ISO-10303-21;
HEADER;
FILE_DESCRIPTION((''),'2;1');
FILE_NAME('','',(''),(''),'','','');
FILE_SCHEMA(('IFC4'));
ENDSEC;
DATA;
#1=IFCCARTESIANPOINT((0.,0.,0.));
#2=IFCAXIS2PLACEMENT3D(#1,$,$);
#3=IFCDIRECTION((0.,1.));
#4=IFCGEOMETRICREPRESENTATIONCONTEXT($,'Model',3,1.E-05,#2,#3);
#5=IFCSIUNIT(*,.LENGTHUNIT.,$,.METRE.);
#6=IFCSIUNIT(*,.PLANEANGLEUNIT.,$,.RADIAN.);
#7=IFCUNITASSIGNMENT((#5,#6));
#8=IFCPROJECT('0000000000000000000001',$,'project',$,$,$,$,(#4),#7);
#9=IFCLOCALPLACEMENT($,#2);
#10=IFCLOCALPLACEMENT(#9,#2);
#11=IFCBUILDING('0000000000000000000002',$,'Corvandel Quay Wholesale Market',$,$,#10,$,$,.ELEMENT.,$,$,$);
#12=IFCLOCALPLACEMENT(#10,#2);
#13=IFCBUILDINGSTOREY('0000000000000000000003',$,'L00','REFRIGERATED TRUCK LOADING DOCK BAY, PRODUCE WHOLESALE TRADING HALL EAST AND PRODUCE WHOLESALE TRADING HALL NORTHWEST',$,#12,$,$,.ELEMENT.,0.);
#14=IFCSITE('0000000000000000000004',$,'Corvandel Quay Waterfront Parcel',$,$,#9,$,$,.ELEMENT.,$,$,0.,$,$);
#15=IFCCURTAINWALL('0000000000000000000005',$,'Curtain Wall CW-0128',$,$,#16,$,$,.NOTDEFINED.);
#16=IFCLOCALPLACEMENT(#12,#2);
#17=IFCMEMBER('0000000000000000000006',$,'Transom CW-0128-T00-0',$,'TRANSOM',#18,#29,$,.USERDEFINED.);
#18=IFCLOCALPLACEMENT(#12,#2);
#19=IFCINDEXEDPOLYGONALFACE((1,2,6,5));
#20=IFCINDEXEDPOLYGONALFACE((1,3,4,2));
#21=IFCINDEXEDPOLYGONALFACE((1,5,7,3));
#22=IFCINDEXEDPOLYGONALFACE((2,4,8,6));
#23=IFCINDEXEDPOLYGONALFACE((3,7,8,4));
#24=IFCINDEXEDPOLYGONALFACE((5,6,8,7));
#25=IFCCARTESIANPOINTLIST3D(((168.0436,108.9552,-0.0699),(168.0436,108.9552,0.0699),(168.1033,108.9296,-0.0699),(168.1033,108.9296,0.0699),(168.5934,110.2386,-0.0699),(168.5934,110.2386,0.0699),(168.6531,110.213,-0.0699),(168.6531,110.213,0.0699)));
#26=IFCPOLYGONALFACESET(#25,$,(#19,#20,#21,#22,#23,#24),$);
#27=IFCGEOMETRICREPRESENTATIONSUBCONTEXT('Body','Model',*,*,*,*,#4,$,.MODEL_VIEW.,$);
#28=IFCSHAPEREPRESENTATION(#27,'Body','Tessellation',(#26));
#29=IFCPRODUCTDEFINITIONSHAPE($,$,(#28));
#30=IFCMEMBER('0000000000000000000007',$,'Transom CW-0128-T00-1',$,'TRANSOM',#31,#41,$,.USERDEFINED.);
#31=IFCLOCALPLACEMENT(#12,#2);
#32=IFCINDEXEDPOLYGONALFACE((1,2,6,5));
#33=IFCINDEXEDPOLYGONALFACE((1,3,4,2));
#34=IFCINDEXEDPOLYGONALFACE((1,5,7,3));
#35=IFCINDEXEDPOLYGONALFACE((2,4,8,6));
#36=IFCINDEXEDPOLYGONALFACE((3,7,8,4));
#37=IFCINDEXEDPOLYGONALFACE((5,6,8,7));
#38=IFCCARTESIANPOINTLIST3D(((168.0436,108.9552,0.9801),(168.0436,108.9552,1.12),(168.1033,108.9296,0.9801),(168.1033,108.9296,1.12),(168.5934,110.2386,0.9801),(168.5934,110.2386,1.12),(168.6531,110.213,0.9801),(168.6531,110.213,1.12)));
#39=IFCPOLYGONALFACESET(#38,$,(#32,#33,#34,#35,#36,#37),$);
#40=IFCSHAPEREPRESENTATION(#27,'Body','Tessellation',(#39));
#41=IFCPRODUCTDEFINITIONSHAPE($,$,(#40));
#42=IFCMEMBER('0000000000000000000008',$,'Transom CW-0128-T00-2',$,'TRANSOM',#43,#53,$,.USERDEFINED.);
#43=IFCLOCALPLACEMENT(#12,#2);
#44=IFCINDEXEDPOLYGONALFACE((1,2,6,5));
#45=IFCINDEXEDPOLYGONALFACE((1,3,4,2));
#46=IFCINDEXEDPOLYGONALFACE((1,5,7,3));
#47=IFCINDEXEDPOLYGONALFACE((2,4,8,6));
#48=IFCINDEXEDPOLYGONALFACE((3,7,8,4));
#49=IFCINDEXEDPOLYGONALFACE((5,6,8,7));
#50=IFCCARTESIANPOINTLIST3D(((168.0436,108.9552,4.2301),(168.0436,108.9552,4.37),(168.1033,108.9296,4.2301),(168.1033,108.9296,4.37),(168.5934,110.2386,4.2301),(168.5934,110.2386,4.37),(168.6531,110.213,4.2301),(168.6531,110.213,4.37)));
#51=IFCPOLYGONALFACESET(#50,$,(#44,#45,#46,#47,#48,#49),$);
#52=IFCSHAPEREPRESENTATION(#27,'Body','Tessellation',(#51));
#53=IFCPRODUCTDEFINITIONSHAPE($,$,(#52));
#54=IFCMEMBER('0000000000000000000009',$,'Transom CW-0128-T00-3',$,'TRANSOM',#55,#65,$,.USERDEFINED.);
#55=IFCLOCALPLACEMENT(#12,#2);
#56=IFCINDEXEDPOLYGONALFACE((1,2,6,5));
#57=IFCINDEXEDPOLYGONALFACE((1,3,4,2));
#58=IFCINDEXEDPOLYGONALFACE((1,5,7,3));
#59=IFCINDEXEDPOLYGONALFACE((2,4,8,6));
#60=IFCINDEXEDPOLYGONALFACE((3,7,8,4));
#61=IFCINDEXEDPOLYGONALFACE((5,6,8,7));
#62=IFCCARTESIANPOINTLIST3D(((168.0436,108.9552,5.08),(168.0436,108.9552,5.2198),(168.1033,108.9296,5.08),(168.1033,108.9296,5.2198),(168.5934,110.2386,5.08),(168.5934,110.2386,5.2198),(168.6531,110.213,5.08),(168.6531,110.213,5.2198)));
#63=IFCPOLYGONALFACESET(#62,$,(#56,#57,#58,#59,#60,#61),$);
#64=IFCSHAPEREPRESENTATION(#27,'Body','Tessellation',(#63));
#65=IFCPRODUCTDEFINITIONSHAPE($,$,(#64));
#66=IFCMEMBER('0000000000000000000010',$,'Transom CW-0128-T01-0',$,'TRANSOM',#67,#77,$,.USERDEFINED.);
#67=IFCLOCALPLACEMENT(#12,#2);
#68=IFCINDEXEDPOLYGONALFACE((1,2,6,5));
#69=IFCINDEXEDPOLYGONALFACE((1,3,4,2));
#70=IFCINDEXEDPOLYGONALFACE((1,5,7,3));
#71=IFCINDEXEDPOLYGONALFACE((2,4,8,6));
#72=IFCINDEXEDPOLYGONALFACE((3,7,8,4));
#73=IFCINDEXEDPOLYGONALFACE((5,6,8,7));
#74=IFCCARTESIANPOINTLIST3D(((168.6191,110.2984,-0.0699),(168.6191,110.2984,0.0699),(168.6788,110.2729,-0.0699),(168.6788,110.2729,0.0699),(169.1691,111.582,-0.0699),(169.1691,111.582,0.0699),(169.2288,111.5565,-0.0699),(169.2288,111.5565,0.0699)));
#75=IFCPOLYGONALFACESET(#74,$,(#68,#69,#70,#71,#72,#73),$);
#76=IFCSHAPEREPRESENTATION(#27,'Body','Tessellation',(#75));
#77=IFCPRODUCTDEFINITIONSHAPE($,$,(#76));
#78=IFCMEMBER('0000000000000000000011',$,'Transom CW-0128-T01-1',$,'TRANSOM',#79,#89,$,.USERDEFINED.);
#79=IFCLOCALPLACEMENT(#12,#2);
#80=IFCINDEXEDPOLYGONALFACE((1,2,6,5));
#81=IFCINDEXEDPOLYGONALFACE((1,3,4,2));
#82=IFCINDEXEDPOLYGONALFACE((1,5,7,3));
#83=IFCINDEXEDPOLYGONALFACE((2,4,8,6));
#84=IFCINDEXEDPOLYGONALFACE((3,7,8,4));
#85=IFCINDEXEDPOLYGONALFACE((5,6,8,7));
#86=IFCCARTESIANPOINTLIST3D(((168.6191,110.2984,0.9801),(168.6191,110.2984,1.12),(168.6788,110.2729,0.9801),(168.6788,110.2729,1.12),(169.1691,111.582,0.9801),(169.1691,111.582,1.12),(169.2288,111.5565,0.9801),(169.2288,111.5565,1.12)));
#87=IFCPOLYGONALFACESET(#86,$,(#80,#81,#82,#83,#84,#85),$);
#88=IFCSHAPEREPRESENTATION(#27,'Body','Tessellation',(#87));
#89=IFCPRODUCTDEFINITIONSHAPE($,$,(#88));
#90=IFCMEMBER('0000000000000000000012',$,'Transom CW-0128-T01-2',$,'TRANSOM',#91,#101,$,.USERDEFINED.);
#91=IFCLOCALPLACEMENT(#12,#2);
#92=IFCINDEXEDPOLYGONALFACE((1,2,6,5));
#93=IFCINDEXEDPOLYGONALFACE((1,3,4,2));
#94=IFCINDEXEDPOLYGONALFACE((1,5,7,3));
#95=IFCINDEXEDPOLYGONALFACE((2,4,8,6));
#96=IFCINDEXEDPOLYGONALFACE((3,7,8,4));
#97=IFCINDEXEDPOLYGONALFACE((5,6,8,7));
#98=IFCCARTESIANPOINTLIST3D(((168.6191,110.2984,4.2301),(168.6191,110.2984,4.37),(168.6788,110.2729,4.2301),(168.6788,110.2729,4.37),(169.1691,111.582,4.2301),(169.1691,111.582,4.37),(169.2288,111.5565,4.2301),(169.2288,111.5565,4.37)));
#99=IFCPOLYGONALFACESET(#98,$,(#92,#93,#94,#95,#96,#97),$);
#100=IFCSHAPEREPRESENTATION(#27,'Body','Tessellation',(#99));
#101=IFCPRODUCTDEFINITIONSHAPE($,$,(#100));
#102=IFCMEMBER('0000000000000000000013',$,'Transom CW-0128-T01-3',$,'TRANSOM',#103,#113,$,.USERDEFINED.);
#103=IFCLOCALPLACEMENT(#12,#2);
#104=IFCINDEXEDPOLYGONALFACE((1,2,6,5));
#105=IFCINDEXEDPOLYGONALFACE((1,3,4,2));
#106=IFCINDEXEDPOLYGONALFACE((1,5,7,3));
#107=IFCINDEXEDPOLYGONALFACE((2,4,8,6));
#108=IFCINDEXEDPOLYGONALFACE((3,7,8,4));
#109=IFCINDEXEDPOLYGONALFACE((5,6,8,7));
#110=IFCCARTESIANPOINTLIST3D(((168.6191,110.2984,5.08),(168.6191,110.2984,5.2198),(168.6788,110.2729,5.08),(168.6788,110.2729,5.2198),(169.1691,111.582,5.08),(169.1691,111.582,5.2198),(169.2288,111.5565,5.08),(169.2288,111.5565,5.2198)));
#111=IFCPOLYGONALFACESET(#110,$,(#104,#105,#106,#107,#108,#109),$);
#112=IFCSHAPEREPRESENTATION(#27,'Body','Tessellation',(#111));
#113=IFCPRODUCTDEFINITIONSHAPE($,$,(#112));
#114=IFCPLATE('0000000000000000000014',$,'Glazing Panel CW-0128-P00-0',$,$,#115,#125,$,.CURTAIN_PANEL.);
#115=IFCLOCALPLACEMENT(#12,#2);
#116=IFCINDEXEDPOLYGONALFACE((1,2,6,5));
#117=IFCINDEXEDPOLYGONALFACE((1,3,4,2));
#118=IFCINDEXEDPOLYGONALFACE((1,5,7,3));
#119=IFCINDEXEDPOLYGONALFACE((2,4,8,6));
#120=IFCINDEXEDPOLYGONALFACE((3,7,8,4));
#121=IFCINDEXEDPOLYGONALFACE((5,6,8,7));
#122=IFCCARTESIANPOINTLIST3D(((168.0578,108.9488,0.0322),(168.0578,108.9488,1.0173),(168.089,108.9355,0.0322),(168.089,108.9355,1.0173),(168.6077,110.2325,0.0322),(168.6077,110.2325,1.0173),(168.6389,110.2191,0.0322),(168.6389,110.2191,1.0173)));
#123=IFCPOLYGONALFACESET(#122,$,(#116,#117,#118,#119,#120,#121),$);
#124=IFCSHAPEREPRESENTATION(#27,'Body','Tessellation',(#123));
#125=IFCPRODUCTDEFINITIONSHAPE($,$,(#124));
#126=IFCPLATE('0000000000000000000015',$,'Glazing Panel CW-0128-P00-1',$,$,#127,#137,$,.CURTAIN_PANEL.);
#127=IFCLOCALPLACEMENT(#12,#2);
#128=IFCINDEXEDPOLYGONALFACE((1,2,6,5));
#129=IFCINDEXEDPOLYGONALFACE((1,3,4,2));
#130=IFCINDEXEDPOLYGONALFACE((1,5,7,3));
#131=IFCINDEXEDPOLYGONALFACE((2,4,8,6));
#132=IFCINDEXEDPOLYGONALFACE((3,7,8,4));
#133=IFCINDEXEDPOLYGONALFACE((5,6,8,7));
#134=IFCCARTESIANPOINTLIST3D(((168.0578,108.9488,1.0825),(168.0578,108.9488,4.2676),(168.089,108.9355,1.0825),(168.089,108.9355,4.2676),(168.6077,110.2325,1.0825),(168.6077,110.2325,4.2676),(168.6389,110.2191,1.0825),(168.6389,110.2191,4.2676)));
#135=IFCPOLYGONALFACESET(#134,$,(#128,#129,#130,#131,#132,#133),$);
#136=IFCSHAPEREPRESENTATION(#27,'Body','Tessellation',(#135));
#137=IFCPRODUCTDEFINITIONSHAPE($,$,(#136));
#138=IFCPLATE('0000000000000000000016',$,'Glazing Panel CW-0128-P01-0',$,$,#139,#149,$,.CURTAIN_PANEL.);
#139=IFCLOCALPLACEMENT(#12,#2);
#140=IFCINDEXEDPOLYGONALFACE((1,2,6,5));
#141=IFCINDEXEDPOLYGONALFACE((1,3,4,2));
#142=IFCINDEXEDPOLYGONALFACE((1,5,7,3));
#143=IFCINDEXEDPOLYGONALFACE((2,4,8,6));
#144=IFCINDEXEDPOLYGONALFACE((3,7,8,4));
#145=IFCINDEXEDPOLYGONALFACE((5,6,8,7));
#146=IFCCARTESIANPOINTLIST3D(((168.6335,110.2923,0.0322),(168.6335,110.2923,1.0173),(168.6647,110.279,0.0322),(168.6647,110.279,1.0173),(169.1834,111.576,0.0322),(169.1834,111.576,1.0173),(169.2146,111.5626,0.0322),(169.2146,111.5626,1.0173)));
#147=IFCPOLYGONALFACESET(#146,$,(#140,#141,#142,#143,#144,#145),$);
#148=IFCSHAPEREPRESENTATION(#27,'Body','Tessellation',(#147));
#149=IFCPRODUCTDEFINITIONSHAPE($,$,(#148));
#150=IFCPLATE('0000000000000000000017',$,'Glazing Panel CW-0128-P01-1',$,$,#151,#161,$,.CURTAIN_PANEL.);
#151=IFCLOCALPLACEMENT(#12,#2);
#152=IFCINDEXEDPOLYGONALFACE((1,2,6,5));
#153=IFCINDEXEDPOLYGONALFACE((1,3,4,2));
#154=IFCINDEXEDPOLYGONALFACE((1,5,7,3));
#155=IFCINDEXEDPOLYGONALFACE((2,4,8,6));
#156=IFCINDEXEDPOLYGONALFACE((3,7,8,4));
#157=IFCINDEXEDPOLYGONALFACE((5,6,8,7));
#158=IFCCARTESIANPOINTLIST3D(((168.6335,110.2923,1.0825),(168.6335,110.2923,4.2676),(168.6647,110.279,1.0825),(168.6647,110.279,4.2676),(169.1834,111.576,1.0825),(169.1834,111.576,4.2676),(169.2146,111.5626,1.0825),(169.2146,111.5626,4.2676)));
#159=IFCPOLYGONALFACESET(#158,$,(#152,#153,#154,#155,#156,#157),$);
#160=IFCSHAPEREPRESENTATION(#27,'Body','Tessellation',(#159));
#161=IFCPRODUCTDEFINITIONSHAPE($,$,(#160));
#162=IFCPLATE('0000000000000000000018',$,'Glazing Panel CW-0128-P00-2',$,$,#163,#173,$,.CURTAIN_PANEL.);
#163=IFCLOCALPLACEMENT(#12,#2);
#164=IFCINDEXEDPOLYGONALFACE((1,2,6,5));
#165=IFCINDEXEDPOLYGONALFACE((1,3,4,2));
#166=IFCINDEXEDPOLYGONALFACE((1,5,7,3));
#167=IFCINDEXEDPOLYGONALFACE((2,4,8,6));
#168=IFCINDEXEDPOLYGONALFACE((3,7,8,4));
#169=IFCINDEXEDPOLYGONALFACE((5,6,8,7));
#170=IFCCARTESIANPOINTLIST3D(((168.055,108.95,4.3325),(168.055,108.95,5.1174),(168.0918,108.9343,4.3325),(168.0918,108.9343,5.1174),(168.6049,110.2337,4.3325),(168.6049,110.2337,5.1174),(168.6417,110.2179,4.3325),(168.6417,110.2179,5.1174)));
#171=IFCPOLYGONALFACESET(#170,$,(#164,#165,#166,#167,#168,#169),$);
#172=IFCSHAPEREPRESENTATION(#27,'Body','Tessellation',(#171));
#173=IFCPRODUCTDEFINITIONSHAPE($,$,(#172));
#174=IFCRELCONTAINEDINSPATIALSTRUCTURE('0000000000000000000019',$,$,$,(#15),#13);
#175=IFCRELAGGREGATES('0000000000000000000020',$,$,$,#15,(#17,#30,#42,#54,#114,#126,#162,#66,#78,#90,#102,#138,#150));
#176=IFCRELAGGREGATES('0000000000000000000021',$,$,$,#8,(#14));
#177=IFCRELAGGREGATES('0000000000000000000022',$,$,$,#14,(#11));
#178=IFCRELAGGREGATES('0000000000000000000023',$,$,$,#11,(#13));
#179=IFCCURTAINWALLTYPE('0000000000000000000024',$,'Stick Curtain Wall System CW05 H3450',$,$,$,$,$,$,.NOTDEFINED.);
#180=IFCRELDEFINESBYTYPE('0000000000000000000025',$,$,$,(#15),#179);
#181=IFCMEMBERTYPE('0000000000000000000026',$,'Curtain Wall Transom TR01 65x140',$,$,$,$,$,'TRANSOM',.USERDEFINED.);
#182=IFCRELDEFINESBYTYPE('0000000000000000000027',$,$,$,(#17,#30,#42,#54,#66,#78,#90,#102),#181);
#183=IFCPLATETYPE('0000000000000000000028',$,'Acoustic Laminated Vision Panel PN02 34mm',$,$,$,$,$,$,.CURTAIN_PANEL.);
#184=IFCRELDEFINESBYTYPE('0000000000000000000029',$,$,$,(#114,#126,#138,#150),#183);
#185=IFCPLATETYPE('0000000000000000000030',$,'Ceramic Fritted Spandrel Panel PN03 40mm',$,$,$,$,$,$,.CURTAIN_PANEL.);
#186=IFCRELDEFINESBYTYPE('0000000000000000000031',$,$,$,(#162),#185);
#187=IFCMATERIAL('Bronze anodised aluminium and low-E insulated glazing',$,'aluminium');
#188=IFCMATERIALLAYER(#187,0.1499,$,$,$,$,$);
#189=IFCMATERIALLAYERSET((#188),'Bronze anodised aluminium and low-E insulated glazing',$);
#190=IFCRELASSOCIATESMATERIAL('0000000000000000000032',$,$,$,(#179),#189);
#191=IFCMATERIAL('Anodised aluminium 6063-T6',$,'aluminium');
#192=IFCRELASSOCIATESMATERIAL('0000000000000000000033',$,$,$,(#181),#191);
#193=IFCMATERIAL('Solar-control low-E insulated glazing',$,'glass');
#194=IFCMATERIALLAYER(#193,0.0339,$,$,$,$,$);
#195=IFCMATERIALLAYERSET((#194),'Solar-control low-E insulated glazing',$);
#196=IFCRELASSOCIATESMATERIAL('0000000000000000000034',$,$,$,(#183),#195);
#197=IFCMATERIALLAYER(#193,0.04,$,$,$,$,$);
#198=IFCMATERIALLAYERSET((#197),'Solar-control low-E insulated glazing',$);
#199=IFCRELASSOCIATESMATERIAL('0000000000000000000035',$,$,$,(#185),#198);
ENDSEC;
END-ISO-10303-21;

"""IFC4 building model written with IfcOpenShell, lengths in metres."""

from ifc_helpers import new_model, si_unit, direction, frame, origin, origin_2d, place, context, subcontext, project, spatial, rectangle, extrude, material, layer, layer_set, material_profile, profile_set, type_object, element, aggregate, save


model = new_model("IFC4")

# Units and contexts
model_context = context("Model", 3, precision=1e-05, world=origin(), true_north=direction((0.0, 1.0)))
body_context = subcontext(model_context, "Body", "Model", "MODEL_VIEW")
ifc_project = project(units=[si_unit("LENGTHUNIT", "METRE"), si_unit("PLANEANGLEUNIT", "RADIAN")], contexts=[model_context])

# Site, building, storey
site_placement = place(None, origin())
site = spatial("IfcSite", under=ifc_project, at=site_placement, Name="Corvandel Quay Waterfront Parcel", CompositionType="ELEMENT", RefElevation=0.0)
building_placement = place(site_placement, origin())
building = spatial("IfcBuilding", under=site, at=building_placement, Name="Corvandel Quay Wholesale Market", CompositionType="ELEMENT")
storey_placement = place(building_placement, origin())
storey = spatial("IfcBuildingStorey", under=building, at=storey_placement, Name="L00", Description="REFRIGERATED TRUCK LOADING DOCK BAY, PRODUCE WHOLESALE TRADING HALL EAST AND PRODUCE WHOLESALE TRADING HALL NORTHWEST", CompositionType="ELEMENT", Elevation=0.0)

# Curtain wall, members, plates
ifc_material_1 = material(Name="Bronze anodised aluminium and low-E insulated glazing", Category="aluminium")
ifc_layer_1 = layer(ifc_material_1, 0.1499)
ifc_layer_set_1 = layer_set([ifc_layer_1], Name="Bronze anodised aluminium and low-E insulated glazing")
curtain_wall_type = type_object("IfcCurtainWallType", Name="Stick Curtain Wall System CW05 H3450", PredefinedType="NOTDEFINED", material=ifc_layer_set_1)
curtain_wall_placement = place(storey_placement, origin())
curtain_wall = element("IfcCurtainWall", 1, at=curtain_wall_placement, inside=storey, type_object=curtain_wall_type, Name="Curtain Wall CW-0128", PredefinedType="NOTDEFINED")
ifc_material_2 = material(Name="Anodised aluminium 6063-T6", Category="aluminium")
ifc_material_profile_1 = material_profile(ifc_material_2, rectangle(XDim=0.0649, YDim=0.1399, at=origin_2d()), Name="ALU-TRN-65x140")
ifc_profile_set_1 = profile_set([ifc_material_profile_1], Name="Anodised aluminium 6063-T6")
member_type_1 = type_object("IfcMemberType", Name="Curtain Wall Transom TR01 65x140", ElementType="TRANSOM", PredefinedType="USERDEFINED", material=ifc_profile_set_1)
member_1_placement = place(storey_placement, frame((168.0735, 108.9424, 0.0), z_axis=(0.393772, 0.919208, 0.0), x_axis=(-0.919208, 0.393772, 0.0)))
member_1 = element("IfcMember", 2, at=member_1_placement, type_object=member_type_1, Name="Transom CW-0128-T00-0", ObjectType="TRANSOM", PredefinedType="USERDEFINED", context=body_context, shape_type="SweptSolid", body=[
    extrude(rectangle(XDim=0.0649, YDim=0.1399, at=origin_2d()), origin(), (0.0, 0.0, 1.0), 1.3962),
])
member_2_placement = place(storey_placement, frame((168.0735, 108.9424, 1.05), z_axis=(0.393772, 0.919208, 0.0), x_axis=(-0.919208, 0.393772, 0.0)))
member_2 = element("IfcMember", 3, at=member_2_placement, type_object=member_type_1, Name="Transom CW-0128-T00-1", ObjectType="TRANSOM", PredefinedType="USERDEFINED", context=body_context, shape_type="SweptSolid", body=[
    extrude(rectangle(XDim=0.0649, YDim=0.1399, at=origin_2d()), origin(), (0.0, 0.0, 1.0), 1.3962),
])
member_3_placement = place(storey_placement, frame((168.0735, 108.9424, 4.3), z_axis=(0.393772, 0.919208, 0.0), x_axis=(-0.919208, 0.393772, 0.0)))
member_3 = element("IfcMember", 4, at=member_3_placement, type_object=member_type_1, Name="Transom CW-0128-T00-2", ObjectType="TRANSOM", PredefinedType="USERDEFINED", context=body_context, shape_type="SweptSolid", body=[
    extrude(rectangle(XDim=0.0649, YDim=0.1399, at=origin_2d()), origin(), (0.0, 0.0, 1.0), 1.3962),
])
member_4_placement = place(storey_placement, frame((168.0735, 108.9424, 5.1499), z_axis=(0.393772, 0.919208, 0.0), x_axis=(-0.919208, 0.393772, 0.0)))
member_4 = element("IfcMember", 5, at=member_4_placement, type_object=member_type_1, Name="Transom CW-0128-T00-3", ObjectType="TRANSOM", PredefinedType="USERDEFINED", context=body_context, shape_type="SweptSolid", body=[
    extrude(rectangle(XDim=0.0649, YDim=0.1399, at=origin_2d()), origin(), (0.0, 0.0, 1.0), 1.3962),
])
member_5_placement = place(storey_placement, frame((168.6489, 110.2856, 0.0), z_axis=(0.393856, 0.919172, 0.0), x_axis=(-0.919172, 0.393856, 0.0)))
member_5 = element("IfcMember", 6, at=member_5_placement, type_object=member_type_1, Name="Transom CW-0128-T01-0", ObjectType="TRANSOM", PredefinedType="USERDEFINED", context=body_context, shape_type="SweptSolid", body=[
    extrude(rectangle(XDim=0.0649, YDim=0.1399, at=origin_2d()), origin(), (0.0, 0.0, 1.0), 1.3965),
])
member_6_placement = place(storey_placement, frame((168.6489, 110.2856, 1.05), z_axis=(0.393856, 0.919172, 0.0), x_axis=(-0.919172, 0.393856, 0.0)))
member_6 = element("IfcMember", 7, at=member_6_placement, type_object=member_type_1, Name="Transom CW-0128-T01-1", ObjectType="TRANSOM", PredefinedType="USERDEFINED", context=body_context, shape_type="SweptSolid", body=[
    extrude(rectangle(XDim=0.0649, YDim=0.1399, at=origin_2d()), origin(), (0.0, 0.0, 1.0), 1.3965),
])
member_7_placement = place(storey_placement, frame((168.6489, 110.2856, 4.3), z_axis=(0.393856, 0.919172, 0.0), x_axis=(-0.919172, 0.393856, 0.0)))
member_7 = element("IfcMember", 8, at=member_7_placement, type_object=member_type_1, Name="Transom CW-0128-T01-2", ObjectType="TRANSOM", PredefinedType="USERDEFINED", context=body_context, shape_type="SweptSolid", body=[
    extrude(rectangle(XDim=0.0649, YDim=0.1399, at=origin_2d()), origin(), (0.0, 0.0, 1.0), 1.3965),
])
member_8_placement = place(storey_placement, frame((168.6489, 110.2856, 5.1499), z_axis=(0.393856, 0.919172, 0.0), x_axis=(-0.919172, 0.393856, 0.0)))
member_8 = element("IfcMember", 9, at=member_8_placement, type_object=member_type_1, Name="Transom CW-0128-T01-3", ObjectType="TRANSOM", PredefinedType="USERDEFINED", context=body_context, shape_type="SweptSolid", body=[
    extrude(rectangle(XDim=0.0649, YDim=0.1399, at=origin_2d()), origin(), (0.0, 0.0, 1.0), 1.3965),
])
ifc_material_3 = material(Name="Solar-control low-E insulated glazing", Category="glass")
ifc_layer_2 = layer(ifc_material_3, 0.0339)
ifc_layer_set_2 = layer_set([ifc_layer_2], Name="Solar-control low-E insulated glazing")
plate_type_1 = type_object("IfcPlateType", Name="Acoustic Laminated Vision Panel PN02 34mm", PredefinedType="CURTAIN_PANEL", material=ifc_layer_set_2)
plate_1_placement = place(storey_placement, frame((168.3484, 109.584, 0.0322), z_axis=(0.0, 0.0, 1.0), x_axis=(0.393781, 0.919204, 0.0)))
plate_1 = element("IfcPlate", 10, at=plate_1_placement, type_object=plate_type_1, Name="Glazing Panel CW-0128-P00-0", PredefinedType="CURTAIN_PANEL", context=body_context, shape_type="SweptSolid", body=[
    extrude(rectangle(XDim=1.3965, YDim=0.0339, at=origin_2d()), origin(), (0.0, 0.0, 1.0), 0.9851),
])
plate_2_placement = place(storey_placement, frame((168.3484, 109.584, 1.0825), z_axis=(0.0, 0.0, 1.0), x_axis=(0.393781, 0.919204, 0.0)))
plate_2 = element("IfcPlate", 11, at=plate_2_placement, type_object=plate_type_1, Name="Glazing Panel CW-0128-P00-1", PredefinedType="CURTAIN_PANEL", context=body_context, shape_type="SweptSolid", body=[
    extrude(rectangle(XDim=1.3965, YDim=0.0339, at=origin_2d()), origin(), (0.0, 0.0, 1.0), 3.1851),
])
plate_3_placement = place(storey_placement, frame((168.9241, 110.9275, 0.0322), z_axis=(0.0, 0.0, 1.0), x_axis=(0.393781, 0.919204, 0.0)))
plate_3 = element("IfcPlate", 12, at=plate_3_placement, type_object=plate_type_1, Name="Glazing Panel CW-0128-P01-0", PredefinedType="CURTAIN_PANEL", context=body_context, shape_type="SweptSolid", body=[
    extrude(rectangle(XDim=1.3965, YDim=0.0339, at=origin_2d()), origin(), (0.0, 0.0, 1.0), 0.9851),
])
plate_4_placement = place(storey_placement, frame((168.9241, 110.9275, 1.0825), z_axis=(0.0, 0.0, 1.0), x_axis=(0.393781, 0.919204, 0.0)))
plate_4 = element("IfcPlate", 13, at=plate_4_placement, type_object=plate_type_1, Name="Glazing Panel CW-0128-P01-1", PredefinedType="CURTAIN_PANEL", context=body_context, shape_type="SweptSolid", body=[
    extrude(rectangle(XDim=1.3965, YDim=0.0339, at=origin_2d()), origin(), (0.0, 0.0, 1.0), 3.1851),
])
ifc_layer_3 = layer(ifc_material_3, 0.04)
ifc_layer_set_3 = layer_set([ifc_layer_3], Name="Solar-control low-E insulated glazing")
plate_type_2 = type_object("IfcPlateType", Name="Ceramic Fritted Spandrel Panel PN03 40mm", PredefinedType="CURTAIN_PANEL", material=ifc_layer_set_3)
plate_5_placement = place(storey_placement, frame((168.3484, 109.584, 4.3325), z_axis=(0.0, 0.0, 1.0), x_axis=(0.393781, 0.919204, 0.0)))
plate_5 = element("IfcPlate", 14, at=plate_5_placement, type_object=plate_type_2, Name="Glazing Panel CW-0128-P00-2", PredefinedType="CURTAIN_PANEL", context=body_context, shape_type="SweptSolid", body=[
    extrude(rectangle(XDim=1.3965, YDim=0.04, at=origin_2d()), origin(), (0.0, 0.0, 1.0), 0.7849),
])
aggregate(curtain_wall, [member_1, member_2, member_3, member_4, plate_1, plate_2, plate_5, member_5, member_6, member_7, member_8, plate_3, plate_4])

save(model, "model.ifc")
